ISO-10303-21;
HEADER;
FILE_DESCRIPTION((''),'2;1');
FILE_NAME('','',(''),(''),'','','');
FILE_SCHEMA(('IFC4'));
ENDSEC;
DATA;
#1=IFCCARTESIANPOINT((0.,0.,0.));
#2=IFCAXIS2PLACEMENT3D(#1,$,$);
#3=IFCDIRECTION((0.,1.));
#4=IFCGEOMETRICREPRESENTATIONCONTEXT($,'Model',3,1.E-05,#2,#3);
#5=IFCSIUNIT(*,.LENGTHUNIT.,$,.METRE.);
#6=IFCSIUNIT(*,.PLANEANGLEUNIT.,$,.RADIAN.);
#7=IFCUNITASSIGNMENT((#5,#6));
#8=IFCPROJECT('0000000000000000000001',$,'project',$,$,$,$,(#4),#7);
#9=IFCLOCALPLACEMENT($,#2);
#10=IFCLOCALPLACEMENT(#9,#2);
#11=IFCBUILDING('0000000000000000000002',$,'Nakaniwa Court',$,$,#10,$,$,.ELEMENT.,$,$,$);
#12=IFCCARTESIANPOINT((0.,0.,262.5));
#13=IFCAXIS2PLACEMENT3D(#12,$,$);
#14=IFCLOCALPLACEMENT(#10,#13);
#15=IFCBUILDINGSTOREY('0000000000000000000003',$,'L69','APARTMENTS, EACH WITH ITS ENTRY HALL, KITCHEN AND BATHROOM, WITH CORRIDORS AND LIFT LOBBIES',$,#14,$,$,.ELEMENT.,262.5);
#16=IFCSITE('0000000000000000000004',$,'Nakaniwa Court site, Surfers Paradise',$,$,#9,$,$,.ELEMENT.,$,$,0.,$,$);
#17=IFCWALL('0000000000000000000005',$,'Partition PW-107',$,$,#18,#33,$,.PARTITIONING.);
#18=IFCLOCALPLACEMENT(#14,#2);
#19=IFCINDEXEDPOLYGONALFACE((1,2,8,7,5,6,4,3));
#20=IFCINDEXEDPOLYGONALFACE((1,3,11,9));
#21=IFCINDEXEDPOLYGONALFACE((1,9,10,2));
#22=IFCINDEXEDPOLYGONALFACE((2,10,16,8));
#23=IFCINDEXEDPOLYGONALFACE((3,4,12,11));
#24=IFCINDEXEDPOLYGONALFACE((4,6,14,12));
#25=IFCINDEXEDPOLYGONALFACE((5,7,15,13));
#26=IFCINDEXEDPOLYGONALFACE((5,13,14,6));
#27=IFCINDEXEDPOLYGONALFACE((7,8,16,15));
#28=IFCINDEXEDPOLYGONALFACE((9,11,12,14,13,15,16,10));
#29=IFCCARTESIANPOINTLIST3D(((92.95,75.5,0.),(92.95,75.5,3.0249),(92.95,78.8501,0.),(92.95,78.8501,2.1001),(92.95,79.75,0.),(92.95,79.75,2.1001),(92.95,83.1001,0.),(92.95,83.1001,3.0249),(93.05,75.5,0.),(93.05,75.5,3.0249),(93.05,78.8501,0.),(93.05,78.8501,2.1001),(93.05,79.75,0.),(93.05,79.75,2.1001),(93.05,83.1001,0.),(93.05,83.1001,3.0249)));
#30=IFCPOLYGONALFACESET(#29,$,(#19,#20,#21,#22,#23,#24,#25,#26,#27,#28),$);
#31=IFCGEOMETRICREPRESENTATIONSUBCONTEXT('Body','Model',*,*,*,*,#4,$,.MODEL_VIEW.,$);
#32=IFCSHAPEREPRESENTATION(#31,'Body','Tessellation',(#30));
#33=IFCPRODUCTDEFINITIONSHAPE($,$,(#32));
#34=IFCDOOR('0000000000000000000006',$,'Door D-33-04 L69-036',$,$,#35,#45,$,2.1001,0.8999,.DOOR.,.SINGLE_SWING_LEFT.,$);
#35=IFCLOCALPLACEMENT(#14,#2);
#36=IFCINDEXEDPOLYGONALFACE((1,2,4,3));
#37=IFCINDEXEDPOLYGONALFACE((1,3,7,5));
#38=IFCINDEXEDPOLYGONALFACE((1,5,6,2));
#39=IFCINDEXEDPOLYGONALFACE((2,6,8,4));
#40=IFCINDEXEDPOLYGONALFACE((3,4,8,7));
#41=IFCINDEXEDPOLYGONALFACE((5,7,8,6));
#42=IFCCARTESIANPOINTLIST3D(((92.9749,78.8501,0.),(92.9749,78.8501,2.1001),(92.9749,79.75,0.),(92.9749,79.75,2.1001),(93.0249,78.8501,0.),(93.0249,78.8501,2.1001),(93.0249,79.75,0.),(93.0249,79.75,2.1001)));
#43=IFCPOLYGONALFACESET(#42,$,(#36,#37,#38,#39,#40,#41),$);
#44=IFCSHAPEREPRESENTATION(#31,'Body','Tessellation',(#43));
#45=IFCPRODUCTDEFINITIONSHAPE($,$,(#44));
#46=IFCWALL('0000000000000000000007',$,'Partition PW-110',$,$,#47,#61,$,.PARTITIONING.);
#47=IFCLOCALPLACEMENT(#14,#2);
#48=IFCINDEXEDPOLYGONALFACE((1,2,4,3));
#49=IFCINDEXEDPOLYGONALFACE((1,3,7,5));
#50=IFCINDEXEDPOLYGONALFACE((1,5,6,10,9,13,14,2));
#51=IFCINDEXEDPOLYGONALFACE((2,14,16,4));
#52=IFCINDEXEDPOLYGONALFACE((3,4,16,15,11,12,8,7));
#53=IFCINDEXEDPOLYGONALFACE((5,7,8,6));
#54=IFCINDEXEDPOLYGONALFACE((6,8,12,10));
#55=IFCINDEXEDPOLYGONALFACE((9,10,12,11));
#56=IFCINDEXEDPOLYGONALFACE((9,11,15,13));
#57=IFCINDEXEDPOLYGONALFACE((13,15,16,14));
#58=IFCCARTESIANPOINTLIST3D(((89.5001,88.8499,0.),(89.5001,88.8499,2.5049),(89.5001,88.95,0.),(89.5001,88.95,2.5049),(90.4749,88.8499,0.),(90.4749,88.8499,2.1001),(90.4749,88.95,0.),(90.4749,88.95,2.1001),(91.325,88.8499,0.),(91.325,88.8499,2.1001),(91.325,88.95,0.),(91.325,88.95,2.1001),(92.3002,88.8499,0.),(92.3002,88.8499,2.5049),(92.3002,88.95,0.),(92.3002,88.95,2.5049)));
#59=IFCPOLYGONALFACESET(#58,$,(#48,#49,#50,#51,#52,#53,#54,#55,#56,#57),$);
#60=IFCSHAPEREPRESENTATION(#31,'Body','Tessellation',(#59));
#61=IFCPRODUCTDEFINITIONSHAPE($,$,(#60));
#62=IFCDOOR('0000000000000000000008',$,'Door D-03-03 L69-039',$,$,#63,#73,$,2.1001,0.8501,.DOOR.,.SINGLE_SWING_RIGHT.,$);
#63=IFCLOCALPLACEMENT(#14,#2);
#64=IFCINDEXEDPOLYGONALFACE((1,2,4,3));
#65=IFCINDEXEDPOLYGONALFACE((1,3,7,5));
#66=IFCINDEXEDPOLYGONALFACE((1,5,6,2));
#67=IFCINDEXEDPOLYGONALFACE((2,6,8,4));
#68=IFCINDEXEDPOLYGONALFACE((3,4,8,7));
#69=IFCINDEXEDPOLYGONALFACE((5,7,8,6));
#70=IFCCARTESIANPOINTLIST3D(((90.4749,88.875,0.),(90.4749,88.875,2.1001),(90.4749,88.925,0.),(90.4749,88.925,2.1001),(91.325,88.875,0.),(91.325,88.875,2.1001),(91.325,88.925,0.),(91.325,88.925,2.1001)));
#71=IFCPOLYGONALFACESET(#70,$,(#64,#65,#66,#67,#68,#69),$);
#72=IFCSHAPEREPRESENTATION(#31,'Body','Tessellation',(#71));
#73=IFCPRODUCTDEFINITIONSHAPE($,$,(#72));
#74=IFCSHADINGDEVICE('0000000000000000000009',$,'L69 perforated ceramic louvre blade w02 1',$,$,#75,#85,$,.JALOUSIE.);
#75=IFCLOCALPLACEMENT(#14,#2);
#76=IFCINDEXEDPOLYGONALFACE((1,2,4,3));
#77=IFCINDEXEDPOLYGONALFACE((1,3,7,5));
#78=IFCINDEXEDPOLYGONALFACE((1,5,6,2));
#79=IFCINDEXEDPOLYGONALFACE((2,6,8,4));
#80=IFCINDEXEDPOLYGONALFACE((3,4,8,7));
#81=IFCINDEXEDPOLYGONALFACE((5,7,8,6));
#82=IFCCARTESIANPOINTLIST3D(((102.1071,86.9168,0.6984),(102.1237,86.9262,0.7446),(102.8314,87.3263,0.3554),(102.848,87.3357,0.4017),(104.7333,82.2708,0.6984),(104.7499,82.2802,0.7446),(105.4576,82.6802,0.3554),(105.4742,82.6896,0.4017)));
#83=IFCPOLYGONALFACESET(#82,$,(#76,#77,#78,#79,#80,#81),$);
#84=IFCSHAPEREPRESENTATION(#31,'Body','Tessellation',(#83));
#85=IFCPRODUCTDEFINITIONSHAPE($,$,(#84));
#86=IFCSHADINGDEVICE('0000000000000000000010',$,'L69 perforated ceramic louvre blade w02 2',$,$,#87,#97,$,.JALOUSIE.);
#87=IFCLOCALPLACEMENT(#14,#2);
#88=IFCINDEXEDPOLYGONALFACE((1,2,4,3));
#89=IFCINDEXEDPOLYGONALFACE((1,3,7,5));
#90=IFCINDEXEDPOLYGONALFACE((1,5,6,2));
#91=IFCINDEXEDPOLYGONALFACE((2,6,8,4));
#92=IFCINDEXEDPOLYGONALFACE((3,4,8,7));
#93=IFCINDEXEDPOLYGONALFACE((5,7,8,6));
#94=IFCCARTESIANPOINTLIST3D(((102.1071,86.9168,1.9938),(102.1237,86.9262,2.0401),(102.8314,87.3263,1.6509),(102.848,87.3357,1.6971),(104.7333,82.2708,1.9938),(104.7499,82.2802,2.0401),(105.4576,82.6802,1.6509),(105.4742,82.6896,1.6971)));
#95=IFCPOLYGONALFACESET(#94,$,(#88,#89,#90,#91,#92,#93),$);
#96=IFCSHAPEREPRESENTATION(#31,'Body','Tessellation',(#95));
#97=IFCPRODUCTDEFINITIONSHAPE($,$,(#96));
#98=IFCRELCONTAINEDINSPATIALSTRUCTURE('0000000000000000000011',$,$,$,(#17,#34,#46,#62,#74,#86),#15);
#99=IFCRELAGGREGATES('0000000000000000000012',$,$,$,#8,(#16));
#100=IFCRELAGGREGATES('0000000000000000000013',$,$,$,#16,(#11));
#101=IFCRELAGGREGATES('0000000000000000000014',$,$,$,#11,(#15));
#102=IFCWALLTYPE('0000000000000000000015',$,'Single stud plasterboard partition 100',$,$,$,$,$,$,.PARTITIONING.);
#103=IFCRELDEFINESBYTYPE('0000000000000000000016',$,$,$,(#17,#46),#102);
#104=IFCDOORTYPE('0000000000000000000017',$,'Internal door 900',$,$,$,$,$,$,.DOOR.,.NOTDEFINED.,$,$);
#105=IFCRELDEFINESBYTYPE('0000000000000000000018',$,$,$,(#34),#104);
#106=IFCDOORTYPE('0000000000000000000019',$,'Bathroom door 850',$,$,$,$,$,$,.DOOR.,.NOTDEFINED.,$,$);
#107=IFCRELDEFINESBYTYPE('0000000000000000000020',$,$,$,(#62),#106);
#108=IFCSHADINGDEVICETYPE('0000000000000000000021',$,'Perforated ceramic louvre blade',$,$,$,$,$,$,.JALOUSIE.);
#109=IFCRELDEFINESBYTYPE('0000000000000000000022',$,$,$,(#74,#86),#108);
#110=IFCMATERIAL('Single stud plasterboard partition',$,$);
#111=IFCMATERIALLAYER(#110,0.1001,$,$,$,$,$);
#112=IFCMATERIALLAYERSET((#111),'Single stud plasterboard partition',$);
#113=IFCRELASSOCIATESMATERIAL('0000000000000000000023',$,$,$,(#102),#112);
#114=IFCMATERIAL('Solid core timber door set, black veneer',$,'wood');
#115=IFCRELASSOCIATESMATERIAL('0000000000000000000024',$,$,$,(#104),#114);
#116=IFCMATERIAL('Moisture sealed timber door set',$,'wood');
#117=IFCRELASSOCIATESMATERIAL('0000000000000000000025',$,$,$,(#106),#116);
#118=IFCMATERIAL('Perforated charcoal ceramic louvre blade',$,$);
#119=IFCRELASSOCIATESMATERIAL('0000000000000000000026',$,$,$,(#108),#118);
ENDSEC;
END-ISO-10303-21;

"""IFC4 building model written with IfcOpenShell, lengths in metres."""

from ifc_helpers import new_model, si_unit, direction, frame, frame_2d, origin, origin_2d, place, context, subcontext, project, spatial, rectangle, extrude, material, layer, layer_set, material_profile, profile_set, type_object, element, fill, save


model = new_model("IFC4")

# Units and contexts
model_context = context("Model", 3, precision=1e-05, world=origin(), true_north=direction((0.0, 1.0)))
body_context = subcontext(model_context, "Body", "Model", "MODEL_VIEW")
ifc_project = project(units=[si_unit("LENGTHUNIT", "METRE"), si_unit("PLANEANGLEUNIT", "RADIAN")], contexts=[model_context])

# Site, building, storey
site_placement = place(None, origin())
site = spatial("IfcSite", under=ifc_project, at=site_placement, Name="Nakaniwa Court site, Surfers Paradise", CompositionType="ELEMENT", RefElevation=0.0)
building_placement = place(site_placement, origin())
building = spatial("IfcBuilding", under=site, at=building_placement, Name="Nakaniwa Court", CompositionType="ELEMENT")
storey_placement = place(building_placement, frame((0.0, 0.0, 262.5)))
storey = spatial("IfcBuildingStorey", under=building, at=storey_placement, Name="L69", Description="APARTMENTS, EACH WITH ITS ENTRY HALL, KITCHEN AND BATHROOM, WITH CORRIDORS AND LIFT LOBBIES", CompositionType="ELEMENT", Elevation=262.5)

# Walls, openings, doors
ifc_material_1 = material(Name="Single stud plasterboard partition")
ifc_layer_1 = layer(ifc_material_1, 0.1001)
ifc_layer_set_1 = layer_set([ifc_layer_1], Name="Single stud plasterboard partition")
wall_type_1 = type_object("IfcWallType", Name="Single stud plasterboard partition 100", PredefinedType="PARTITIONING", material=ifc_layer_set_1)
ifc_material_2 = material(Name="Solid core timber door set, black veneer", Category="wood")
door_type_1 = type_object("IfcDoorType", Name="Internal door 900", OperationType="NOTDEFINED", PredefinedType="DOOR", material=ifc_material_2)
ifc_material_3 = material(Name="Moisture sealed timber door set", Category="wood")
door_type_2 = type_object("IfcDoorType", Name="Bathroom door 850", OperationType="NOTDEFINED", PredefinedType="DOOR", material=ifc_material_3)
wall_1_placement = place(storey_placement, frame((93.0, 83.1001, 0.0), z_axis=(0.0, 0.0, 1.0), x_axis=(0.0, -1.0, 0.0)))
wall_1 = element("IfcWall", 1, at=wall_1_placement, inside=storey, type_object=wall_type_1, Name="Partition PW-107", PredefinedType="PARTITIONING", context=body_context, shape_type="SweptSolid", body=[
    extrude(rectangle(XDim=7.6001, YDim=0.1001, at=frame_2d((3.8, 0.0))), origin(), (0.0, 0.0, 1.0), 3.0249),
])
opening_1_placement = place(wall_1_placement, frame((3.3501, 0.0, 0.0)))
opening_1 = element("IfcOpeningElement", 2, at=opening_1_placement, cuts=wall_1, PredefinedType="OPENING", context=body_context, shape_type="SweptSolid", body=[
    extrude(rectangle(XDim=0.8999, YDim=2.1001, at=frame_2d((0.45, 1.05))), frame((0.0, 0.0601, 0.0), z_axis=(0.0, -1.0, 0.0), x_axis=(1.0, 0.0, 0.0)), (0.0, 0.0, 1.0), 0.1201),
])
door_1_placement = place(opening_1_placement, origin())
door_1 = element("IfcDoor", 3, at=door_1_placement, inside=storey, type_object=door_type_1, Name="Door D-33-04 L69-036", OperationType="SINGLE_SWING_LEFT", OverallHeight=2.1001, OverallWidth=0.8999, PredefinedType="DOOR", context=body_context, shape_type="SweptSolid", body=[
    extrude(rectangle(XDim=0.8999, YDim=2.1001, at=frame_2d((0.45, 1.05))), frame((0.0, 0.0249, 0.0), z_axis=(0.0, -1.0, 0.0), x_axis=(1.0, 0.0, 0.0)), (0.0, 0.0, 1.0), 0.05),
])
fill(opening_1, door_1)
wall_2_placement = place(storey_placement, frame((92.3, 88.8999, 0.0), z_axis=(0.0, 0.0, 1.0), x_axis=(-1.0, 0.0, 0.0)))
wall_2 = element("IfcWall", 4, at=wall_2_placement, inside=storey, type_object=wall_type_1, Name="Partition PW-110", PredefinedType="PARTITIONING", context=body_context, shape_type="SweptSolid", body=[
    extrude(rectangle(XDim=2.8, YDim=0.1001, at=frame_2d((1.3999, 0.0))), origin(), (0.0, 0.0, 1.0), 2.5049),
])
opening_2_placement = place(wall_2_placement, frame((0.9751, 0.0, 0.0)))
opening_2 = element("IfcOpeningElement", 5, at=opening_2_placement, cuts=wall_2, PredefinedType="OPENING", context=body_context, shape_type="SweptSolid", body=[
    extrude(rectangle(XDim=0.8501, YDim=2.1001, at=frame_2d((0.425, 1.05))), frame((0.0, 0.0601, 0.0), z_axis=(0.0, -1.0, 0.0), x_axis=(1.0, 0.0, 0.0)), (0.0, 0.0, 1.0), 0.1201),
])
door_2_placement = place(opening_2_placement, origin())
door_2 = element("IfcDoor", 6, at=door_2_placement, inside=storey, type_object=door_type_2, Name="Door D-03-03 L69-039", OperationType="SINGLE_SWING_RIGHT", OverallHeight=2.1001, OverallWidth=0.8501, PredefinedType="DOOR", context=body_context, shape_type="SweptSolid", body=[
    extrude(rectangle(XDim=0.8501, YDim=2.1001, at=frame_2d((0.425, 1.05))), frame((0.0, 0.0249, 0.0), z_axis=(0.0, -1.0, 0.0), x_axis=(1.0, 0.0, 0.0)), (0.0, 0.0, 1.0), 0.05),
])
fill(opening_2, door_2)

# Shading devices
ifc_material_4 = material(Name="Perforated charcoal ceramic louvre blade")
ifc_material_profile_1 = material_profile(ifc_material_4, rectangle(XDim=0.8999, YDim=0.05, at=origin_2d()), Name="Perforated ceramic louvre blade")
ifc_profile_set_1 = profile_set([ifc_material_profile_1], Name="Perforated charcoal ceramic louvre blade")
shading_device_type = type_object("IfcShadingDeviceType", Name="Perforated ceramic louvre blade", PredefinedType="JALOUSIE", material=ifc_profile_set_1)
for number, where, z_axis, x_axis, name in (
    (7, (105.1038, 82.4802, 0.55), (-0.492089, 0.870545, 0.0), (-0.804859, -0.454959, 0.38107), "L69 perforated ceramic louvre blade w02 1"),
    (8, (105.1038, 82.4802, 1.8455), (-0.492089, 0.870545, 0.0), (-0.804859, -0.454959, 0.38107), "L69 perforated ceramic louvre blade w02 2"),
):
    element("IfcShadingDevice", number, at=place(storey_placement, frame(where, z_axis=z_axis, x_axis=x_axis)), inside=storey, type_object=shading_device_type, Name=name, PredefinedType="JALOUSIE", context=body_context, shape_type="SweptSolid", body=[
        extrude(rectangle(XDim=0.8999, YDim=0.05, at=origin_2d()), origin(), (0.0, 0.0, 1.0), 5.3369),
    ])

save(model, "model.ifc")
